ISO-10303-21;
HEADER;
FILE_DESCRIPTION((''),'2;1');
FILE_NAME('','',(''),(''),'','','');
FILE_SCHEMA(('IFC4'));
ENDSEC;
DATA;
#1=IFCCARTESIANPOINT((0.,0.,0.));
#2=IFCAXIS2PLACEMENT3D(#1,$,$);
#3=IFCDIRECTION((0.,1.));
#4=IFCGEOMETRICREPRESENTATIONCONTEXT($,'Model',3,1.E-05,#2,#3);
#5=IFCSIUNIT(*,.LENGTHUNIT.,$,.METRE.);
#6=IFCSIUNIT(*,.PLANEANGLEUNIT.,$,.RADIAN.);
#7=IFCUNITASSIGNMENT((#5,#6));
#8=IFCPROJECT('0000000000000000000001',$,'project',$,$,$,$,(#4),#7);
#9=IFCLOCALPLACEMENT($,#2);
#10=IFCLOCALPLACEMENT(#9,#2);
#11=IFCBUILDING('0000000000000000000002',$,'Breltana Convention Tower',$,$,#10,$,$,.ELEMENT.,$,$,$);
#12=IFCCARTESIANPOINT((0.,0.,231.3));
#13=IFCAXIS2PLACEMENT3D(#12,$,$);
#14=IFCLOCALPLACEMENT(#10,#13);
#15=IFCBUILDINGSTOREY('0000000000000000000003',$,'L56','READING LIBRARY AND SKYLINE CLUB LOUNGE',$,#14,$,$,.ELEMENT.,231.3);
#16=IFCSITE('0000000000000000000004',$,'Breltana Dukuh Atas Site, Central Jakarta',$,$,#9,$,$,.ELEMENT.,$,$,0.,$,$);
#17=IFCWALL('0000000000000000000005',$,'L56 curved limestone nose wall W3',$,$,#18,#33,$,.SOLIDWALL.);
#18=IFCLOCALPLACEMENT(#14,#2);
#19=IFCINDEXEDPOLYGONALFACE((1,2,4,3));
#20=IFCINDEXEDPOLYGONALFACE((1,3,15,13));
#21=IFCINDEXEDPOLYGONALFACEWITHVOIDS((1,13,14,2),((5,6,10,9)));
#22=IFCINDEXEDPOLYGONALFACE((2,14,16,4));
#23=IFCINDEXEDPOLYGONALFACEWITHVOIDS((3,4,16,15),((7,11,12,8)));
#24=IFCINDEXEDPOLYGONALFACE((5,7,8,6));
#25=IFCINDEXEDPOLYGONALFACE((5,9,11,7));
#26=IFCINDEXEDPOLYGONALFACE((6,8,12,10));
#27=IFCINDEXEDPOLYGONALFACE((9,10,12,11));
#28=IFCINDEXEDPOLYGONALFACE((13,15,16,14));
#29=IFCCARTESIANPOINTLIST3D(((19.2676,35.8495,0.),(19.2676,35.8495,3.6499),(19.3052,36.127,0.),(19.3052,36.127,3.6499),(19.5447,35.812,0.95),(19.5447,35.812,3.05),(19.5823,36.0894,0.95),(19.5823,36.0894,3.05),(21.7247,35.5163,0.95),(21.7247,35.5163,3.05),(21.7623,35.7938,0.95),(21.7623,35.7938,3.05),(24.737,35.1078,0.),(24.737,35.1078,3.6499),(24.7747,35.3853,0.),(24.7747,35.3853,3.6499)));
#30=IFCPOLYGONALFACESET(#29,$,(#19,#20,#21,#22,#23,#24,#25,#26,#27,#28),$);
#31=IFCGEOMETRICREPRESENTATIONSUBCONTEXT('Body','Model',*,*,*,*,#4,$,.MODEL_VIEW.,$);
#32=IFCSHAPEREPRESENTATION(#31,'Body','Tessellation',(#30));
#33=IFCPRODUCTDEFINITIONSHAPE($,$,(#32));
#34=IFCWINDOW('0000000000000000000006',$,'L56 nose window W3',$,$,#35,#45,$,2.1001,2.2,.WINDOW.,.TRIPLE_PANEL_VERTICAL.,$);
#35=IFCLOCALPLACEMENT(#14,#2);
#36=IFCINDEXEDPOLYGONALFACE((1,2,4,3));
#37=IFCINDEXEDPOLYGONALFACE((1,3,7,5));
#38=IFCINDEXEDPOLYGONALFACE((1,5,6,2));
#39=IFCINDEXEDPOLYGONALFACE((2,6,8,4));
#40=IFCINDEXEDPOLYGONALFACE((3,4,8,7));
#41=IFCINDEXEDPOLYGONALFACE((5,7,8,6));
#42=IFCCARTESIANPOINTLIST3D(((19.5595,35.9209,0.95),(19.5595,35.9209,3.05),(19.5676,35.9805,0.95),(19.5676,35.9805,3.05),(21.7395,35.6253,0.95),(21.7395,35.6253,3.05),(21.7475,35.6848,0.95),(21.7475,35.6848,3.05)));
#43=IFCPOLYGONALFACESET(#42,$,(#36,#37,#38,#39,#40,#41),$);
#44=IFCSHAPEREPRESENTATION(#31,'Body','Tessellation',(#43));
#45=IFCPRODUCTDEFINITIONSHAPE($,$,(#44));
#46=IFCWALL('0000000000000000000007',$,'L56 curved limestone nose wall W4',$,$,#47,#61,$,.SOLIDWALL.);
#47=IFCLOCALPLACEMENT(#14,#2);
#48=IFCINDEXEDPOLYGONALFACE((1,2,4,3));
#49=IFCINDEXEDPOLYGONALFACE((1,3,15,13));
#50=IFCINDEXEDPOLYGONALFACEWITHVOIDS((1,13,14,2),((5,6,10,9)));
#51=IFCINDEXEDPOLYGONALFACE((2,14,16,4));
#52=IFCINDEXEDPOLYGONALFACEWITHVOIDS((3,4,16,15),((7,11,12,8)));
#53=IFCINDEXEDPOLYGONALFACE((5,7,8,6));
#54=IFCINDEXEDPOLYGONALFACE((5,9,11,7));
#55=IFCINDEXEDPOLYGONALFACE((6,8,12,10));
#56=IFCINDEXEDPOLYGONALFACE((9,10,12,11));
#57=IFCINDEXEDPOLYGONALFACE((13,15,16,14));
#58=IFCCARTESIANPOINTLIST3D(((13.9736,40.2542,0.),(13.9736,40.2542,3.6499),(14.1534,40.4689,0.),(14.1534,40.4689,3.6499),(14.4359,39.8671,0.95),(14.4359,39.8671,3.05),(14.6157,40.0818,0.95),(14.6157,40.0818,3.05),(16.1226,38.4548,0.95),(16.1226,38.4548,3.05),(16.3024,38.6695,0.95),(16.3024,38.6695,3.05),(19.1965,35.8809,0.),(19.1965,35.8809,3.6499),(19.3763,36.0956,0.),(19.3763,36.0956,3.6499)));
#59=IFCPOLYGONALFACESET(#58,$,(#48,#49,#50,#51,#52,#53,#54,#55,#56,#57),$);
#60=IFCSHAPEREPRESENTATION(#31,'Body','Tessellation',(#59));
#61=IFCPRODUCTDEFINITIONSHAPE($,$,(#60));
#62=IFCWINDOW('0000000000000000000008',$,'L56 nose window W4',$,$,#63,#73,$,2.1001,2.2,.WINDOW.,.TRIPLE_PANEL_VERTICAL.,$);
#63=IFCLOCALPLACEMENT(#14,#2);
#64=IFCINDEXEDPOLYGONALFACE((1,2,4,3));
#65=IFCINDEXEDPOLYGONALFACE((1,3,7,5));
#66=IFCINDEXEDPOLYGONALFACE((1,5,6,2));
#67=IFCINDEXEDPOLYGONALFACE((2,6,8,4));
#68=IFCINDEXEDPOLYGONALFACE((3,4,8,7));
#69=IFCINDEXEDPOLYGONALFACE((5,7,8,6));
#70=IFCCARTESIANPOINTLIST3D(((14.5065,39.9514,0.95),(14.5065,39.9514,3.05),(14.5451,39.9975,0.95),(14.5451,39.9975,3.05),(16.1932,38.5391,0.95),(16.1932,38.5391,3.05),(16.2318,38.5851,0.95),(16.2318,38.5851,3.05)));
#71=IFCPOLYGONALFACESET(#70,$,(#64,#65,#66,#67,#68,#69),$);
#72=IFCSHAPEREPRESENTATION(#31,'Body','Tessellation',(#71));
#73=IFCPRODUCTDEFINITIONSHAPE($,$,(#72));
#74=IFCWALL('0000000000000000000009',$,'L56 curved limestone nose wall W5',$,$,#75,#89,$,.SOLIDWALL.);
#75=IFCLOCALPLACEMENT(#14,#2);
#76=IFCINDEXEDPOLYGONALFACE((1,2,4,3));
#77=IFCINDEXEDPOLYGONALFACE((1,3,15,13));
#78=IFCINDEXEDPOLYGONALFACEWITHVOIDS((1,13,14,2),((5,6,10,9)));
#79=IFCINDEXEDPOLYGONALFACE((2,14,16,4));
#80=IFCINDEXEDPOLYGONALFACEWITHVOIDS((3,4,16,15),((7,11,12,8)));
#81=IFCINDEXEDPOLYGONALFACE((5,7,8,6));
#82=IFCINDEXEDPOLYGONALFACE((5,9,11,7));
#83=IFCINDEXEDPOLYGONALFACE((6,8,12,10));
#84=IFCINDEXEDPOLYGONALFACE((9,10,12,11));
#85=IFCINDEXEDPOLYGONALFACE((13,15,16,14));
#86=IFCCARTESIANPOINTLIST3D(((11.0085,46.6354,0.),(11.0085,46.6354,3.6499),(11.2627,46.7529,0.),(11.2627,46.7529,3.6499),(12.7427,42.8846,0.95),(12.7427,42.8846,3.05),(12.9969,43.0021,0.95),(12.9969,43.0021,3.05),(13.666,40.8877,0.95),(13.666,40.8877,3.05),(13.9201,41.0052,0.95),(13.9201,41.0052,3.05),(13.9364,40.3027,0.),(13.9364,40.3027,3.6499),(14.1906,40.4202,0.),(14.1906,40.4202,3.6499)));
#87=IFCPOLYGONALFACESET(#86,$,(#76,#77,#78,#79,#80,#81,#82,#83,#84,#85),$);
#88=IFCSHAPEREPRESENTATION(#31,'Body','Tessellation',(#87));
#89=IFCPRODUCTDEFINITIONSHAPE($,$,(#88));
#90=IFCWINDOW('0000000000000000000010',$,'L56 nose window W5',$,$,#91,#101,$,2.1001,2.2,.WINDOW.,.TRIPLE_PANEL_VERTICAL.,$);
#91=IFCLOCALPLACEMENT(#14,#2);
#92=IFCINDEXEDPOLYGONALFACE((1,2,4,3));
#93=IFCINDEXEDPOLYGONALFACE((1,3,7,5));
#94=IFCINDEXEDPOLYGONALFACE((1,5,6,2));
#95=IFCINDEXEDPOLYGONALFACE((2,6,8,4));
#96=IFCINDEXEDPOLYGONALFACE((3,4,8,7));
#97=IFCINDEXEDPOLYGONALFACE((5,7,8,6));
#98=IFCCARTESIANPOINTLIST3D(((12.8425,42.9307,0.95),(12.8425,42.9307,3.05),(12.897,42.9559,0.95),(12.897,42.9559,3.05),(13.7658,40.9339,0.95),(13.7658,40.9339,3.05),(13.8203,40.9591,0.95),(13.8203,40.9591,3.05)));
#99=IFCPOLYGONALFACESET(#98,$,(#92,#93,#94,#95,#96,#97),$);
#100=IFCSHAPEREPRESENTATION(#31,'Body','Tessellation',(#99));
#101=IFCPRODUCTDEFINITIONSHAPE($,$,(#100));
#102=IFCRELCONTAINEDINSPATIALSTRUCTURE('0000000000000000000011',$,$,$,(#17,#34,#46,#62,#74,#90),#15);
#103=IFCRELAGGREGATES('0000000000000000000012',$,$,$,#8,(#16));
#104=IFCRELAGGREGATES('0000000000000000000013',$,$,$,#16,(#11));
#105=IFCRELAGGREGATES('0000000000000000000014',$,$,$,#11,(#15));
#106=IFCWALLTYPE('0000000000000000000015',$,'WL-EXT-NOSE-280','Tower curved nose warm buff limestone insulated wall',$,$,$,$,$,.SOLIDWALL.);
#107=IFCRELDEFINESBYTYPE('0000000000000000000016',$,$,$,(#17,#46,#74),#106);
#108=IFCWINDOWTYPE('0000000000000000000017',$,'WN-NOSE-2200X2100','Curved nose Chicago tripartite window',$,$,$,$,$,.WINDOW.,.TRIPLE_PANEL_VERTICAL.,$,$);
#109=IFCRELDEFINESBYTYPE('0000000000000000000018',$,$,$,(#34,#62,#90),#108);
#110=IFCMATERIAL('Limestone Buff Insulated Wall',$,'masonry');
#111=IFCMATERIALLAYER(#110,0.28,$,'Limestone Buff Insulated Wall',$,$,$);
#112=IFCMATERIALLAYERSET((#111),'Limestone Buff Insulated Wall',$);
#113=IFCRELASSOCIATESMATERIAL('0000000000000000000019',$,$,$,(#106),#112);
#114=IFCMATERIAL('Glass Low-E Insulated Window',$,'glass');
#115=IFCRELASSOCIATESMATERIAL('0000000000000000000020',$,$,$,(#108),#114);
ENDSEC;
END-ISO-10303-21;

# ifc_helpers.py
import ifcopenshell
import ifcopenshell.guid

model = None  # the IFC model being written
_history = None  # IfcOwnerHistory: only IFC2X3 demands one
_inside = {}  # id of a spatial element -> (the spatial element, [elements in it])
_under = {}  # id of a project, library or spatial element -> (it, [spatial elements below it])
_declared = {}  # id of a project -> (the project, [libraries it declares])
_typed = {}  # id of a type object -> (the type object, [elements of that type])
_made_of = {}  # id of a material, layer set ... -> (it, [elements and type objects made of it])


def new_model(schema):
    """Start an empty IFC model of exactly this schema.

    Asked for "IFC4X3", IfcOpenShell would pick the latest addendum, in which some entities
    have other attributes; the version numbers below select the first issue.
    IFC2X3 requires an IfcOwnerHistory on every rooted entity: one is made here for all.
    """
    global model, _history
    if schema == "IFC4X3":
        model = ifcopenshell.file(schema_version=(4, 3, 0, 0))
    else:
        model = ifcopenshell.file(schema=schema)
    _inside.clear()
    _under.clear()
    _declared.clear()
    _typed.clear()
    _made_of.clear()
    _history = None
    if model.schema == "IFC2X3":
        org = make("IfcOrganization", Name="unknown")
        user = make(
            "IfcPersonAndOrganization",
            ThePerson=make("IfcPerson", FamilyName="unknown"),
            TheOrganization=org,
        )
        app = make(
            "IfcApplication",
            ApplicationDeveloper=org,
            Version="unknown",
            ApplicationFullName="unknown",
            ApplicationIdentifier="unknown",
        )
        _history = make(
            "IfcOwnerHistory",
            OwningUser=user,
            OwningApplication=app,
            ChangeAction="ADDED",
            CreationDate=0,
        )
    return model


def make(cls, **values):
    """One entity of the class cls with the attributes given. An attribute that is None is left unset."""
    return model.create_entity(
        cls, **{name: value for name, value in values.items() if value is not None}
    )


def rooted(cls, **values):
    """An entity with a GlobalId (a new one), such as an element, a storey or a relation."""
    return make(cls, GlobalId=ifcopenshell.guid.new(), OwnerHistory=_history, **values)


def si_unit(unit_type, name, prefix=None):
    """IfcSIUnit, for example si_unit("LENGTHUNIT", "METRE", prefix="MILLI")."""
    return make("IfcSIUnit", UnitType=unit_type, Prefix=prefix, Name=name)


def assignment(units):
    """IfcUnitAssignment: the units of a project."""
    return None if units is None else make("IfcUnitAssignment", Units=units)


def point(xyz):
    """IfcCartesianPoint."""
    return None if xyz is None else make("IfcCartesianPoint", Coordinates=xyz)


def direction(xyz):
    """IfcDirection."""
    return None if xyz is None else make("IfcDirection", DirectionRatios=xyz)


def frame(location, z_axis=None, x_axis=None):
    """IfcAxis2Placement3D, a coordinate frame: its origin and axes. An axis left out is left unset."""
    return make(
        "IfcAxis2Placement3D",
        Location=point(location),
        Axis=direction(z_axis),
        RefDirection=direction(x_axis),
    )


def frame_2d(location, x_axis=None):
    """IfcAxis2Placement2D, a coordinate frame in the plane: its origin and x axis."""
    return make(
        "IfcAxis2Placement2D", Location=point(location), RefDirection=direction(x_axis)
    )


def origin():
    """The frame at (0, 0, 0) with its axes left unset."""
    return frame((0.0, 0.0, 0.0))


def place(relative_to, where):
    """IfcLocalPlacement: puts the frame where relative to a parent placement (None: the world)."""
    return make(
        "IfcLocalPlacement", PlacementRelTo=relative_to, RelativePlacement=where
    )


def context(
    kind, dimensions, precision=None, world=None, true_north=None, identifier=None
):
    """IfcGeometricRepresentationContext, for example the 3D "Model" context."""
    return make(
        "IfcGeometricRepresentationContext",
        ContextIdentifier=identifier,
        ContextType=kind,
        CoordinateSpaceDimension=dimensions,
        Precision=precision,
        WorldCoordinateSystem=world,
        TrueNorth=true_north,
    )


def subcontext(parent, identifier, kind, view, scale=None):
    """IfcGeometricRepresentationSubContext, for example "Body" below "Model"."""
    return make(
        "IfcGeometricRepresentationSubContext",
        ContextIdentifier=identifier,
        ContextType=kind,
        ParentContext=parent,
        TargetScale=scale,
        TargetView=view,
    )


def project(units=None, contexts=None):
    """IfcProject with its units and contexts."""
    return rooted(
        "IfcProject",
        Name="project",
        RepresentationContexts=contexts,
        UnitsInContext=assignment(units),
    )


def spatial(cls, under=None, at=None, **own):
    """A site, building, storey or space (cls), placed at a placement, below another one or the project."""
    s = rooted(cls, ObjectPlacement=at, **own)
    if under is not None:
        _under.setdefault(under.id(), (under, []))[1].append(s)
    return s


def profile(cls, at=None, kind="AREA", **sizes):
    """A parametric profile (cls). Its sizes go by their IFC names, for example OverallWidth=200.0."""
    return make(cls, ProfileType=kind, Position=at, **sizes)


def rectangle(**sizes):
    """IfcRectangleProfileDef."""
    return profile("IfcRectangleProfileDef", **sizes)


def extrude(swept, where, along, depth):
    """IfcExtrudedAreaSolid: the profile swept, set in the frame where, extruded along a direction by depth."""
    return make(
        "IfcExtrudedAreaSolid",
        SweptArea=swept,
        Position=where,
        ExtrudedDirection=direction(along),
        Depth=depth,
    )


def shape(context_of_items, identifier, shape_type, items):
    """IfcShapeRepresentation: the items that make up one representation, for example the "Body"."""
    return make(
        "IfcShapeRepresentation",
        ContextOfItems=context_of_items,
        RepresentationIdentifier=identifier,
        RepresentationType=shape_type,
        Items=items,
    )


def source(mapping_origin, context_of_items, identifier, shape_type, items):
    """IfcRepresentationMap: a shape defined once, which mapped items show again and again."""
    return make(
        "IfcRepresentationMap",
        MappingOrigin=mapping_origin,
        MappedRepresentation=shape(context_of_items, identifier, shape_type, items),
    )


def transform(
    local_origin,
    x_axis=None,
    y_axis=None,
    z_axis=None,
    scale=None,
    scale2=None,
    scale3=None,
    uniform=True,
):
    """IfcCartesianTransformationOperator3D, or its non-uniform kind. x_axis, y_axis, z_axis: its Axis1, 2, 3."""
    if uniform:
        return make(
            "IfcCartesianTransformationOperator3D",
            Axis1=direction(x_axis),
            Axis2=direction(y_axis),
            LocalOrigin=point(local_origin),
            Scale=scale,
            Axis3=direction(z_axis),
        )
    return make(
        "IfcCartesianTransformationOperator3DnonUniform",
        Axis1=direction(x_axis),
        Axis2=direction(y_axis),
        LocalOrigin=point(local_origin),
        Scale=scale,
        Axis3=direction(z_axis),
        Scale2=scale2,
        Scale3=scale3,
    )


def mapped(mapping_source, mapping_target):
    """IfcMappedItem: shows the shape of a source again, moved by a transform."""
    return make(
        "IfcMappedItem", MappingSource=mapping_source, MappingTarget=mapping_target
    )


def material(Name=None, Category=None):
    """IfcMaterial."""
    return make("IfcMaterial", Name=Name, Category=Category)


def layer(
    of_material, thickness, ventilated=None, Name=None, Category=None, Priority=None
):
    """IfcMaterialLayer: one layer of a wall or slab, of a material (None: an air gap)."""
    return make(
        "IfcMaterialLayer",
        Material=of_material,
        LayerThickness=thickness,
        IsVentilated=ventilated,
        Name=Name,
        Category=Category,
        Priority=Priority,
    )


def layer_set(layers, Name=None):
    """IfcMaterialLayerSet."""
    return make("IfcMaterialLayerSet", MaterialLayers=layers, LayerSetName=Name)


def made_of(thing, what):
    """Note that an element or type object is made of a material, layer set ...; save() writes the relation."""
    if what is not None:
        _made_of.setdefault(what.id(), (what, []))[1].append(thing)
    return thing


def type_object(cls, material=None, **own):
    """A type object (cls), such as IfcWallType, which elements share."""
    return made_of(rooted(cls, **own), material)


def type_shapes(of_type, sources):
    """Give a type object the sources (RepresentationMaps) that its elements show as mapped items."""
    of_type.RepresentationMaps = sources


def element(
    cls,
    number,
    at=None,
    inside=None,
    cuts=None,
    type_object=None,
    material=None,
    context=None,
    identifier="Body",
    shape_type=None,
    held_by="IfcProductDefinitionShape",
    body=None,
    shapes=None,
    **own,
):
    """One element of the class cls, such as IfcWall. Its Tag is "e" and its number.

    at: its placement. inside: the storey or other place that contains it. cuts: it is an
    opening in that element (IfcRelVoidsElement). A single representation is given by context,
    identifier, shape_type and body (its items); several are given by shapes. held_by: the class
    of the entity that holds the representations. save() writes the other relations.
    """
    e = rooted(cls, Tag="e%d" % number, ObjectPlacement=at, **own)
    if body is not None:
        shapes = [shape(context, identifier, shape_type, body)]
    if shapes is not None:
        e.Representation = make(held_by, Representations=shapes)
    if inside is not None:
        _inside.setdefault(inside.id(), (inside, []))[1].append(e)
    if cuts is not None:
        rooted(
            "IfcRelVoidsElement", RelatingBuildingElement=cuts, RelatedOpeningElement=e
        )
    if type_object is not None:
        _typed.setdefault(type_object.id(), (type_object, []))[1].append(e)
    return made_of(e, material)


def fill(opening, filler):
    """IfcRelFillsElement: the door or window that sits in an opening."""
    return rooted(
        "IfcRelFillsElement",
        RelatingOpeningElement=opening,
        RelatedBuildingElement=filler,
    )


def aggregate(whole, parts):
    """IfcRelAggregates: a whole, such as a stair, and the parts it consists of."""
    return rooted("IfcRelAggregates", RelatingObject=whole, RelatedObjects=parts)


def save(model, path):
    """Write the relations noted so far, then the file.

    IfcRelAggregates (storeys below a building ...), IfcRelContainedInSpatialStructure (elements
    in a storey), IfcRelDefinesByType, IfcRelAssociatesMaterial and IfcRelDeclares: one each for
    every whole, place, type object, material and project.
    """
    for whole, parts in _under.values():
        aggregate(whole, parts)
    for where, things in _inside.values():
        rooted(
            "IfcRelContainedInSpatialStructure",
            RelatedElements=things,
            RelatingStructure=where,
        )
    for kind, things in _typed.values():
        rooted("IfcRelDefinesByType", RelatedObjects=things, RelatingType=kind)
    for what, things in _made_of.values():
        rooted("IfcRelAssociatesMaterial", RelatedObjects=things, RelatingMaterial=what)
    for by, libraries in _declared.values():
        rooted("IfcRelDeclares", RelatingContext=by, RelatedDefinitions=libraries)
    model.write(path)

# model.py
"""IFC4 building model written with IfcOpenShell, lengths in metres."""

from ifc_helpers import new_model, si_unit, direction, frame, frame_2d, origin, place, context, subcontext, project, spatial, rectangle, extrude, source, transform, mapped, material, layer, layer_set, type_object, type_shapes, element, fill, save


model = new_model("IFC4")

# Units and contexts
model_context = context("Model", 3, precision=1e-05, world=origin(), true_north=direction((0.0, 1.0)))
body_context = subcontext(model_context, "Body", "Model", "MODEL_VIEW")
ifc_project = project(units=[si_unit("LENGTHUNIT", "METRE"), si_unit("PLANEANGLEUNIT", "RADIAN")], contexts=[model_context])

# Site, building, storey
site_placement = place(None, origin())
site = spatial("IfcSite", under=ifc_project, at=site_placement, Name="Breltana Dukuh Atas Site, Central Jakarta", CompositionType="ELEMENT", RefElevation=0.0)
building_placement = place(site_placement, origin())
building = spatial("IfcBuilding", under=site, at=building_placement, Name="Breltana Convention Tower", CompositionType="ELEMENT")
storey_placement = place(building_placement, frame((0.0, 0.0, 231.3)))
storey = spatial("IfcBuildingStorey", under=building, at=storey_placement, Name="L56", Description="READING LIBRARY AND SKYLINE CLUB LOUNGE", CompositionType="ELEMENT", Elevation=231.3)

# Shared definitions
ifc_material_1 = material(Name="Limestone Buff Insulated Wall", Category="masonry")
ifc_layer_1 = layer(ifc_material_1, 0.28, Name="Limestone Buff Insulated Wall")
ifc_layer_set_1 = layer_set([ifc_layer_1], Name="Limestone Buff Insulated Wall")
wall_type = type_object("IfcWallType", Name="WL-EXT-NOSE-280", Description="Tower curved nose warm buff limestone insulated wall", PredefinedType="SOLIDWALL", material=ifc_layer_set_1)

# Walls, openings, windows
ifc_material_2 = material(Name="Glass Low-E Insulated Window", Category="glass")
window_type = type_object("IfcWindowType", Name="WN-NOSE-2200X2100", Description="Curved nose Chicago tripartite window", PartitioningType="TRIPLE_PANEL_VERTICAL", PredefinedType="WINDOW", material=ifc_material_2)
shared_shape_1 = source(origin(), body_context, "Body", "SweptSolid", [
    extrude(rectangle(XDim=2.2, YDim=2.1001, at=frame_2d((1.1001, 1.05))), frame((0.0, 0.03, 0.0), z_axis=(0.0, -1.0, 0.0), x_axis=(1.0, 0.0, 0.0)), (0.0, 0.0, 1.0), 0.0601),
])
type_shapes(window_type, [shared_shape_1])
shared_shape_2 = source(origin(), body_context, "Body", "SweptSolid", [
    extrude(rectangle(XDim=5.5195, YDim=0.28, at=frame_2d((2.7598, 0.0))), origin(), (0.0, 0.0, 1.0), 3.6499),
])
wall_1_placement = place(storey_placement, frame((24.7559, 35.2466, 0.0), z_axis=(0.0, 0.0, 1.0), x_axis=(-0.99093, 0.134377, 0.0)))
wall_1 = element("IfcWall", 1, at=wall_1_placement, inside=storey, type_object=wall_type, Name="L56 curved limestone nose wall W3", PredefinedType="SOLIDWALL", context=body_context, shape_type="MappedRepresentation", body=[
    mapped(shared_shape_2, transform((0.0, 0.0, 0.0), scale=1.0)),
])
opening_1_placement = place(wall_1_placement, frame((3.0398, 0.0, 0.95)))
opening_1 = element("IfcOpeningElement", 2, at=opening_1_placement, cuts=wall_1, PredefinedType="OPENING", context=body_context, shape_type="SweptSolid", body=[
    extrude(rectangle(XDim=2.2, YDim=2.1001, at=frame_2d((1.1001, 1.05))), frame((0.0, 0.1499, 0.0), z_axis=(0.0, -1.0, 0.0), x_axis=(1.0, 0.0, 0.0)), (0.0, 0.0, 1.0), 0.3),
])
window_1_placement = place(opening_1_placement, origin())
window_1 = element("IfcWindow", 3, at=window_1_placement, inside=storey, type_object=window_type, Name="L56 nose window W3", OverallHeight=2.1001, OverallWidth=2.2, PartitioningType="TRIPLE_PANEL_VERTICAL", PredefinedType="WINDOW", context=body_context, shape_type="MappedRepresentation", body=[
    mapped(shared_shape_1, transform((0.0, 0.0, 0.0), scale=1.0)),
])
fill(opening_1, window_1)
shared_shape_3 = source(origin(), body_context, "Body", "SweptSolid", [
    extrude(rectangle(XDim=6.812, YDim=0.28, at=frame_2d((3.406, 0.0))), origin(), (0.0, 0.0, 1.0), 3.6499),
])
wall_2_placement = place(storey_placement, frame((19.2864, 35.9883, 0.0), z_axis=(0.0, 0.0, 1.0), x_axis=(-0.766712, 0.641991, 0.0)))
wall_2 = element("IfcWall", 4, at=wall_2_placement, inside=storey, type_object=wall_type, Name="L56 curved limestone nose wall W4", PredefinedType="SOLIDWALL", context=body_context, shape_type="MappedRepresentation", body=[
    mapped(shared_shape_3, transform((0.0, 0.0, 0.0), scale=1.0)),
])
opening_2_placement = place(wall_2_placement, frame((4.009, 0.0, 0.95)))
opening_2 = element("IfcOpeningElement", 5, at=opening_2_placement, cuts=wall_2, PredefinedType="OPENING", context=body_context, shape_type="SweptSolid", body=[
    extrude(rectangle(XDim=2.2, YDim=2.1001, at=frame_2d((1.1001, 1.05))), frame((0.0, 0.1499, 0.0), z_axis=(0.0, -1.0, 0.0), x_axis=(1.0, 0.0, 0.0)), (0.0, 0.0, 1.0), 0.3),
])
window_2_placement = place(opening_2_placement, origin())
window_2 = element("IfcWindow", 6, at=window_2_placement, inside=storey, type_object=window_type, Name="L56 nose window W4", OverallHeight=2.1001, OverallWidth=2.2, PartitioningType="TRIPLE_PANEL_VERTICAL", PredefinedType="WINDOW", context=body_context, shape_type="MappedRepresentation", body=[
    mapped(shared_shape_1, transform((0.0, 0.0, 0.0), scale=1.0)),
])
fill(opening_2, window_2)
shared_shape_4 = source(origin(), body_context, "Body", "SweptSolid", [
    extrude(rectangle(XDim=6.9768, YDim=0.28, at=frame_2d((3.4883, 0.0))), origin(), (0.0, 0.0, 1.0), 3.6499),
])
wall_3_placement = place(storey_placement, frame((14.0635, 40.3616, 0.0), z_axis=(0.0, 0.0, 1.0), x_axis=(-0.419668, 0.907678, 0.0)))
wall_3 = element("IfcWall", 7, at=wall_3_placement, inside=storey, type_object=wall_type, Name="L56 curved limestone nose wall W5", PredefinedType="SOLIDWALL", context=body_context, shape_type="MappedRepresentation", body=[
    mapped(shared_shape_4, transform((0.0, 0.0, 0.0), scale=1.0)),
])
opening_3_placement = place(wall_3_placement, frame((0.6443, 0.0, 0.95)))
opening_3 = element("IfcOpeningElement", 8, at=opening_3_placement, cuts=wall_3, PredefinedType="OPENING", context=body_context, shape_type="SweptSolid", body=[
    extrude(rectangle(XDim=2.2, YDim=2.1001, at=frame_2d((1.1001, 1.05))), frame((0.0, 0.1499, 0.0), z_axis=(0.0, -1.0, 0.0), x_axis=(1.0, 0.0, 0.0)), (0.0, 0.0, 1.0), 0.3),
])
window_3_placement = place(opening_3_placement, origin())
window_3 = element("IfcWindow", 9, at=window_3_placement, inside=storey, type_object=window_type, Name="L56 nose window W5", OverallHeight=2.1001, OverallWidth=2.2, PartitioningType="TRIPLE_PANEL_VERTICAL", PredefinedType="WINDOW", context=body_context, shape_type="MappedRepresentation", body=[
    mapped(shared_shape_1, transform((0.0, 0.0, 0.0), scale=1.0)),
])
fill(opening_3, window_3)

save(model, "model.ifc")
